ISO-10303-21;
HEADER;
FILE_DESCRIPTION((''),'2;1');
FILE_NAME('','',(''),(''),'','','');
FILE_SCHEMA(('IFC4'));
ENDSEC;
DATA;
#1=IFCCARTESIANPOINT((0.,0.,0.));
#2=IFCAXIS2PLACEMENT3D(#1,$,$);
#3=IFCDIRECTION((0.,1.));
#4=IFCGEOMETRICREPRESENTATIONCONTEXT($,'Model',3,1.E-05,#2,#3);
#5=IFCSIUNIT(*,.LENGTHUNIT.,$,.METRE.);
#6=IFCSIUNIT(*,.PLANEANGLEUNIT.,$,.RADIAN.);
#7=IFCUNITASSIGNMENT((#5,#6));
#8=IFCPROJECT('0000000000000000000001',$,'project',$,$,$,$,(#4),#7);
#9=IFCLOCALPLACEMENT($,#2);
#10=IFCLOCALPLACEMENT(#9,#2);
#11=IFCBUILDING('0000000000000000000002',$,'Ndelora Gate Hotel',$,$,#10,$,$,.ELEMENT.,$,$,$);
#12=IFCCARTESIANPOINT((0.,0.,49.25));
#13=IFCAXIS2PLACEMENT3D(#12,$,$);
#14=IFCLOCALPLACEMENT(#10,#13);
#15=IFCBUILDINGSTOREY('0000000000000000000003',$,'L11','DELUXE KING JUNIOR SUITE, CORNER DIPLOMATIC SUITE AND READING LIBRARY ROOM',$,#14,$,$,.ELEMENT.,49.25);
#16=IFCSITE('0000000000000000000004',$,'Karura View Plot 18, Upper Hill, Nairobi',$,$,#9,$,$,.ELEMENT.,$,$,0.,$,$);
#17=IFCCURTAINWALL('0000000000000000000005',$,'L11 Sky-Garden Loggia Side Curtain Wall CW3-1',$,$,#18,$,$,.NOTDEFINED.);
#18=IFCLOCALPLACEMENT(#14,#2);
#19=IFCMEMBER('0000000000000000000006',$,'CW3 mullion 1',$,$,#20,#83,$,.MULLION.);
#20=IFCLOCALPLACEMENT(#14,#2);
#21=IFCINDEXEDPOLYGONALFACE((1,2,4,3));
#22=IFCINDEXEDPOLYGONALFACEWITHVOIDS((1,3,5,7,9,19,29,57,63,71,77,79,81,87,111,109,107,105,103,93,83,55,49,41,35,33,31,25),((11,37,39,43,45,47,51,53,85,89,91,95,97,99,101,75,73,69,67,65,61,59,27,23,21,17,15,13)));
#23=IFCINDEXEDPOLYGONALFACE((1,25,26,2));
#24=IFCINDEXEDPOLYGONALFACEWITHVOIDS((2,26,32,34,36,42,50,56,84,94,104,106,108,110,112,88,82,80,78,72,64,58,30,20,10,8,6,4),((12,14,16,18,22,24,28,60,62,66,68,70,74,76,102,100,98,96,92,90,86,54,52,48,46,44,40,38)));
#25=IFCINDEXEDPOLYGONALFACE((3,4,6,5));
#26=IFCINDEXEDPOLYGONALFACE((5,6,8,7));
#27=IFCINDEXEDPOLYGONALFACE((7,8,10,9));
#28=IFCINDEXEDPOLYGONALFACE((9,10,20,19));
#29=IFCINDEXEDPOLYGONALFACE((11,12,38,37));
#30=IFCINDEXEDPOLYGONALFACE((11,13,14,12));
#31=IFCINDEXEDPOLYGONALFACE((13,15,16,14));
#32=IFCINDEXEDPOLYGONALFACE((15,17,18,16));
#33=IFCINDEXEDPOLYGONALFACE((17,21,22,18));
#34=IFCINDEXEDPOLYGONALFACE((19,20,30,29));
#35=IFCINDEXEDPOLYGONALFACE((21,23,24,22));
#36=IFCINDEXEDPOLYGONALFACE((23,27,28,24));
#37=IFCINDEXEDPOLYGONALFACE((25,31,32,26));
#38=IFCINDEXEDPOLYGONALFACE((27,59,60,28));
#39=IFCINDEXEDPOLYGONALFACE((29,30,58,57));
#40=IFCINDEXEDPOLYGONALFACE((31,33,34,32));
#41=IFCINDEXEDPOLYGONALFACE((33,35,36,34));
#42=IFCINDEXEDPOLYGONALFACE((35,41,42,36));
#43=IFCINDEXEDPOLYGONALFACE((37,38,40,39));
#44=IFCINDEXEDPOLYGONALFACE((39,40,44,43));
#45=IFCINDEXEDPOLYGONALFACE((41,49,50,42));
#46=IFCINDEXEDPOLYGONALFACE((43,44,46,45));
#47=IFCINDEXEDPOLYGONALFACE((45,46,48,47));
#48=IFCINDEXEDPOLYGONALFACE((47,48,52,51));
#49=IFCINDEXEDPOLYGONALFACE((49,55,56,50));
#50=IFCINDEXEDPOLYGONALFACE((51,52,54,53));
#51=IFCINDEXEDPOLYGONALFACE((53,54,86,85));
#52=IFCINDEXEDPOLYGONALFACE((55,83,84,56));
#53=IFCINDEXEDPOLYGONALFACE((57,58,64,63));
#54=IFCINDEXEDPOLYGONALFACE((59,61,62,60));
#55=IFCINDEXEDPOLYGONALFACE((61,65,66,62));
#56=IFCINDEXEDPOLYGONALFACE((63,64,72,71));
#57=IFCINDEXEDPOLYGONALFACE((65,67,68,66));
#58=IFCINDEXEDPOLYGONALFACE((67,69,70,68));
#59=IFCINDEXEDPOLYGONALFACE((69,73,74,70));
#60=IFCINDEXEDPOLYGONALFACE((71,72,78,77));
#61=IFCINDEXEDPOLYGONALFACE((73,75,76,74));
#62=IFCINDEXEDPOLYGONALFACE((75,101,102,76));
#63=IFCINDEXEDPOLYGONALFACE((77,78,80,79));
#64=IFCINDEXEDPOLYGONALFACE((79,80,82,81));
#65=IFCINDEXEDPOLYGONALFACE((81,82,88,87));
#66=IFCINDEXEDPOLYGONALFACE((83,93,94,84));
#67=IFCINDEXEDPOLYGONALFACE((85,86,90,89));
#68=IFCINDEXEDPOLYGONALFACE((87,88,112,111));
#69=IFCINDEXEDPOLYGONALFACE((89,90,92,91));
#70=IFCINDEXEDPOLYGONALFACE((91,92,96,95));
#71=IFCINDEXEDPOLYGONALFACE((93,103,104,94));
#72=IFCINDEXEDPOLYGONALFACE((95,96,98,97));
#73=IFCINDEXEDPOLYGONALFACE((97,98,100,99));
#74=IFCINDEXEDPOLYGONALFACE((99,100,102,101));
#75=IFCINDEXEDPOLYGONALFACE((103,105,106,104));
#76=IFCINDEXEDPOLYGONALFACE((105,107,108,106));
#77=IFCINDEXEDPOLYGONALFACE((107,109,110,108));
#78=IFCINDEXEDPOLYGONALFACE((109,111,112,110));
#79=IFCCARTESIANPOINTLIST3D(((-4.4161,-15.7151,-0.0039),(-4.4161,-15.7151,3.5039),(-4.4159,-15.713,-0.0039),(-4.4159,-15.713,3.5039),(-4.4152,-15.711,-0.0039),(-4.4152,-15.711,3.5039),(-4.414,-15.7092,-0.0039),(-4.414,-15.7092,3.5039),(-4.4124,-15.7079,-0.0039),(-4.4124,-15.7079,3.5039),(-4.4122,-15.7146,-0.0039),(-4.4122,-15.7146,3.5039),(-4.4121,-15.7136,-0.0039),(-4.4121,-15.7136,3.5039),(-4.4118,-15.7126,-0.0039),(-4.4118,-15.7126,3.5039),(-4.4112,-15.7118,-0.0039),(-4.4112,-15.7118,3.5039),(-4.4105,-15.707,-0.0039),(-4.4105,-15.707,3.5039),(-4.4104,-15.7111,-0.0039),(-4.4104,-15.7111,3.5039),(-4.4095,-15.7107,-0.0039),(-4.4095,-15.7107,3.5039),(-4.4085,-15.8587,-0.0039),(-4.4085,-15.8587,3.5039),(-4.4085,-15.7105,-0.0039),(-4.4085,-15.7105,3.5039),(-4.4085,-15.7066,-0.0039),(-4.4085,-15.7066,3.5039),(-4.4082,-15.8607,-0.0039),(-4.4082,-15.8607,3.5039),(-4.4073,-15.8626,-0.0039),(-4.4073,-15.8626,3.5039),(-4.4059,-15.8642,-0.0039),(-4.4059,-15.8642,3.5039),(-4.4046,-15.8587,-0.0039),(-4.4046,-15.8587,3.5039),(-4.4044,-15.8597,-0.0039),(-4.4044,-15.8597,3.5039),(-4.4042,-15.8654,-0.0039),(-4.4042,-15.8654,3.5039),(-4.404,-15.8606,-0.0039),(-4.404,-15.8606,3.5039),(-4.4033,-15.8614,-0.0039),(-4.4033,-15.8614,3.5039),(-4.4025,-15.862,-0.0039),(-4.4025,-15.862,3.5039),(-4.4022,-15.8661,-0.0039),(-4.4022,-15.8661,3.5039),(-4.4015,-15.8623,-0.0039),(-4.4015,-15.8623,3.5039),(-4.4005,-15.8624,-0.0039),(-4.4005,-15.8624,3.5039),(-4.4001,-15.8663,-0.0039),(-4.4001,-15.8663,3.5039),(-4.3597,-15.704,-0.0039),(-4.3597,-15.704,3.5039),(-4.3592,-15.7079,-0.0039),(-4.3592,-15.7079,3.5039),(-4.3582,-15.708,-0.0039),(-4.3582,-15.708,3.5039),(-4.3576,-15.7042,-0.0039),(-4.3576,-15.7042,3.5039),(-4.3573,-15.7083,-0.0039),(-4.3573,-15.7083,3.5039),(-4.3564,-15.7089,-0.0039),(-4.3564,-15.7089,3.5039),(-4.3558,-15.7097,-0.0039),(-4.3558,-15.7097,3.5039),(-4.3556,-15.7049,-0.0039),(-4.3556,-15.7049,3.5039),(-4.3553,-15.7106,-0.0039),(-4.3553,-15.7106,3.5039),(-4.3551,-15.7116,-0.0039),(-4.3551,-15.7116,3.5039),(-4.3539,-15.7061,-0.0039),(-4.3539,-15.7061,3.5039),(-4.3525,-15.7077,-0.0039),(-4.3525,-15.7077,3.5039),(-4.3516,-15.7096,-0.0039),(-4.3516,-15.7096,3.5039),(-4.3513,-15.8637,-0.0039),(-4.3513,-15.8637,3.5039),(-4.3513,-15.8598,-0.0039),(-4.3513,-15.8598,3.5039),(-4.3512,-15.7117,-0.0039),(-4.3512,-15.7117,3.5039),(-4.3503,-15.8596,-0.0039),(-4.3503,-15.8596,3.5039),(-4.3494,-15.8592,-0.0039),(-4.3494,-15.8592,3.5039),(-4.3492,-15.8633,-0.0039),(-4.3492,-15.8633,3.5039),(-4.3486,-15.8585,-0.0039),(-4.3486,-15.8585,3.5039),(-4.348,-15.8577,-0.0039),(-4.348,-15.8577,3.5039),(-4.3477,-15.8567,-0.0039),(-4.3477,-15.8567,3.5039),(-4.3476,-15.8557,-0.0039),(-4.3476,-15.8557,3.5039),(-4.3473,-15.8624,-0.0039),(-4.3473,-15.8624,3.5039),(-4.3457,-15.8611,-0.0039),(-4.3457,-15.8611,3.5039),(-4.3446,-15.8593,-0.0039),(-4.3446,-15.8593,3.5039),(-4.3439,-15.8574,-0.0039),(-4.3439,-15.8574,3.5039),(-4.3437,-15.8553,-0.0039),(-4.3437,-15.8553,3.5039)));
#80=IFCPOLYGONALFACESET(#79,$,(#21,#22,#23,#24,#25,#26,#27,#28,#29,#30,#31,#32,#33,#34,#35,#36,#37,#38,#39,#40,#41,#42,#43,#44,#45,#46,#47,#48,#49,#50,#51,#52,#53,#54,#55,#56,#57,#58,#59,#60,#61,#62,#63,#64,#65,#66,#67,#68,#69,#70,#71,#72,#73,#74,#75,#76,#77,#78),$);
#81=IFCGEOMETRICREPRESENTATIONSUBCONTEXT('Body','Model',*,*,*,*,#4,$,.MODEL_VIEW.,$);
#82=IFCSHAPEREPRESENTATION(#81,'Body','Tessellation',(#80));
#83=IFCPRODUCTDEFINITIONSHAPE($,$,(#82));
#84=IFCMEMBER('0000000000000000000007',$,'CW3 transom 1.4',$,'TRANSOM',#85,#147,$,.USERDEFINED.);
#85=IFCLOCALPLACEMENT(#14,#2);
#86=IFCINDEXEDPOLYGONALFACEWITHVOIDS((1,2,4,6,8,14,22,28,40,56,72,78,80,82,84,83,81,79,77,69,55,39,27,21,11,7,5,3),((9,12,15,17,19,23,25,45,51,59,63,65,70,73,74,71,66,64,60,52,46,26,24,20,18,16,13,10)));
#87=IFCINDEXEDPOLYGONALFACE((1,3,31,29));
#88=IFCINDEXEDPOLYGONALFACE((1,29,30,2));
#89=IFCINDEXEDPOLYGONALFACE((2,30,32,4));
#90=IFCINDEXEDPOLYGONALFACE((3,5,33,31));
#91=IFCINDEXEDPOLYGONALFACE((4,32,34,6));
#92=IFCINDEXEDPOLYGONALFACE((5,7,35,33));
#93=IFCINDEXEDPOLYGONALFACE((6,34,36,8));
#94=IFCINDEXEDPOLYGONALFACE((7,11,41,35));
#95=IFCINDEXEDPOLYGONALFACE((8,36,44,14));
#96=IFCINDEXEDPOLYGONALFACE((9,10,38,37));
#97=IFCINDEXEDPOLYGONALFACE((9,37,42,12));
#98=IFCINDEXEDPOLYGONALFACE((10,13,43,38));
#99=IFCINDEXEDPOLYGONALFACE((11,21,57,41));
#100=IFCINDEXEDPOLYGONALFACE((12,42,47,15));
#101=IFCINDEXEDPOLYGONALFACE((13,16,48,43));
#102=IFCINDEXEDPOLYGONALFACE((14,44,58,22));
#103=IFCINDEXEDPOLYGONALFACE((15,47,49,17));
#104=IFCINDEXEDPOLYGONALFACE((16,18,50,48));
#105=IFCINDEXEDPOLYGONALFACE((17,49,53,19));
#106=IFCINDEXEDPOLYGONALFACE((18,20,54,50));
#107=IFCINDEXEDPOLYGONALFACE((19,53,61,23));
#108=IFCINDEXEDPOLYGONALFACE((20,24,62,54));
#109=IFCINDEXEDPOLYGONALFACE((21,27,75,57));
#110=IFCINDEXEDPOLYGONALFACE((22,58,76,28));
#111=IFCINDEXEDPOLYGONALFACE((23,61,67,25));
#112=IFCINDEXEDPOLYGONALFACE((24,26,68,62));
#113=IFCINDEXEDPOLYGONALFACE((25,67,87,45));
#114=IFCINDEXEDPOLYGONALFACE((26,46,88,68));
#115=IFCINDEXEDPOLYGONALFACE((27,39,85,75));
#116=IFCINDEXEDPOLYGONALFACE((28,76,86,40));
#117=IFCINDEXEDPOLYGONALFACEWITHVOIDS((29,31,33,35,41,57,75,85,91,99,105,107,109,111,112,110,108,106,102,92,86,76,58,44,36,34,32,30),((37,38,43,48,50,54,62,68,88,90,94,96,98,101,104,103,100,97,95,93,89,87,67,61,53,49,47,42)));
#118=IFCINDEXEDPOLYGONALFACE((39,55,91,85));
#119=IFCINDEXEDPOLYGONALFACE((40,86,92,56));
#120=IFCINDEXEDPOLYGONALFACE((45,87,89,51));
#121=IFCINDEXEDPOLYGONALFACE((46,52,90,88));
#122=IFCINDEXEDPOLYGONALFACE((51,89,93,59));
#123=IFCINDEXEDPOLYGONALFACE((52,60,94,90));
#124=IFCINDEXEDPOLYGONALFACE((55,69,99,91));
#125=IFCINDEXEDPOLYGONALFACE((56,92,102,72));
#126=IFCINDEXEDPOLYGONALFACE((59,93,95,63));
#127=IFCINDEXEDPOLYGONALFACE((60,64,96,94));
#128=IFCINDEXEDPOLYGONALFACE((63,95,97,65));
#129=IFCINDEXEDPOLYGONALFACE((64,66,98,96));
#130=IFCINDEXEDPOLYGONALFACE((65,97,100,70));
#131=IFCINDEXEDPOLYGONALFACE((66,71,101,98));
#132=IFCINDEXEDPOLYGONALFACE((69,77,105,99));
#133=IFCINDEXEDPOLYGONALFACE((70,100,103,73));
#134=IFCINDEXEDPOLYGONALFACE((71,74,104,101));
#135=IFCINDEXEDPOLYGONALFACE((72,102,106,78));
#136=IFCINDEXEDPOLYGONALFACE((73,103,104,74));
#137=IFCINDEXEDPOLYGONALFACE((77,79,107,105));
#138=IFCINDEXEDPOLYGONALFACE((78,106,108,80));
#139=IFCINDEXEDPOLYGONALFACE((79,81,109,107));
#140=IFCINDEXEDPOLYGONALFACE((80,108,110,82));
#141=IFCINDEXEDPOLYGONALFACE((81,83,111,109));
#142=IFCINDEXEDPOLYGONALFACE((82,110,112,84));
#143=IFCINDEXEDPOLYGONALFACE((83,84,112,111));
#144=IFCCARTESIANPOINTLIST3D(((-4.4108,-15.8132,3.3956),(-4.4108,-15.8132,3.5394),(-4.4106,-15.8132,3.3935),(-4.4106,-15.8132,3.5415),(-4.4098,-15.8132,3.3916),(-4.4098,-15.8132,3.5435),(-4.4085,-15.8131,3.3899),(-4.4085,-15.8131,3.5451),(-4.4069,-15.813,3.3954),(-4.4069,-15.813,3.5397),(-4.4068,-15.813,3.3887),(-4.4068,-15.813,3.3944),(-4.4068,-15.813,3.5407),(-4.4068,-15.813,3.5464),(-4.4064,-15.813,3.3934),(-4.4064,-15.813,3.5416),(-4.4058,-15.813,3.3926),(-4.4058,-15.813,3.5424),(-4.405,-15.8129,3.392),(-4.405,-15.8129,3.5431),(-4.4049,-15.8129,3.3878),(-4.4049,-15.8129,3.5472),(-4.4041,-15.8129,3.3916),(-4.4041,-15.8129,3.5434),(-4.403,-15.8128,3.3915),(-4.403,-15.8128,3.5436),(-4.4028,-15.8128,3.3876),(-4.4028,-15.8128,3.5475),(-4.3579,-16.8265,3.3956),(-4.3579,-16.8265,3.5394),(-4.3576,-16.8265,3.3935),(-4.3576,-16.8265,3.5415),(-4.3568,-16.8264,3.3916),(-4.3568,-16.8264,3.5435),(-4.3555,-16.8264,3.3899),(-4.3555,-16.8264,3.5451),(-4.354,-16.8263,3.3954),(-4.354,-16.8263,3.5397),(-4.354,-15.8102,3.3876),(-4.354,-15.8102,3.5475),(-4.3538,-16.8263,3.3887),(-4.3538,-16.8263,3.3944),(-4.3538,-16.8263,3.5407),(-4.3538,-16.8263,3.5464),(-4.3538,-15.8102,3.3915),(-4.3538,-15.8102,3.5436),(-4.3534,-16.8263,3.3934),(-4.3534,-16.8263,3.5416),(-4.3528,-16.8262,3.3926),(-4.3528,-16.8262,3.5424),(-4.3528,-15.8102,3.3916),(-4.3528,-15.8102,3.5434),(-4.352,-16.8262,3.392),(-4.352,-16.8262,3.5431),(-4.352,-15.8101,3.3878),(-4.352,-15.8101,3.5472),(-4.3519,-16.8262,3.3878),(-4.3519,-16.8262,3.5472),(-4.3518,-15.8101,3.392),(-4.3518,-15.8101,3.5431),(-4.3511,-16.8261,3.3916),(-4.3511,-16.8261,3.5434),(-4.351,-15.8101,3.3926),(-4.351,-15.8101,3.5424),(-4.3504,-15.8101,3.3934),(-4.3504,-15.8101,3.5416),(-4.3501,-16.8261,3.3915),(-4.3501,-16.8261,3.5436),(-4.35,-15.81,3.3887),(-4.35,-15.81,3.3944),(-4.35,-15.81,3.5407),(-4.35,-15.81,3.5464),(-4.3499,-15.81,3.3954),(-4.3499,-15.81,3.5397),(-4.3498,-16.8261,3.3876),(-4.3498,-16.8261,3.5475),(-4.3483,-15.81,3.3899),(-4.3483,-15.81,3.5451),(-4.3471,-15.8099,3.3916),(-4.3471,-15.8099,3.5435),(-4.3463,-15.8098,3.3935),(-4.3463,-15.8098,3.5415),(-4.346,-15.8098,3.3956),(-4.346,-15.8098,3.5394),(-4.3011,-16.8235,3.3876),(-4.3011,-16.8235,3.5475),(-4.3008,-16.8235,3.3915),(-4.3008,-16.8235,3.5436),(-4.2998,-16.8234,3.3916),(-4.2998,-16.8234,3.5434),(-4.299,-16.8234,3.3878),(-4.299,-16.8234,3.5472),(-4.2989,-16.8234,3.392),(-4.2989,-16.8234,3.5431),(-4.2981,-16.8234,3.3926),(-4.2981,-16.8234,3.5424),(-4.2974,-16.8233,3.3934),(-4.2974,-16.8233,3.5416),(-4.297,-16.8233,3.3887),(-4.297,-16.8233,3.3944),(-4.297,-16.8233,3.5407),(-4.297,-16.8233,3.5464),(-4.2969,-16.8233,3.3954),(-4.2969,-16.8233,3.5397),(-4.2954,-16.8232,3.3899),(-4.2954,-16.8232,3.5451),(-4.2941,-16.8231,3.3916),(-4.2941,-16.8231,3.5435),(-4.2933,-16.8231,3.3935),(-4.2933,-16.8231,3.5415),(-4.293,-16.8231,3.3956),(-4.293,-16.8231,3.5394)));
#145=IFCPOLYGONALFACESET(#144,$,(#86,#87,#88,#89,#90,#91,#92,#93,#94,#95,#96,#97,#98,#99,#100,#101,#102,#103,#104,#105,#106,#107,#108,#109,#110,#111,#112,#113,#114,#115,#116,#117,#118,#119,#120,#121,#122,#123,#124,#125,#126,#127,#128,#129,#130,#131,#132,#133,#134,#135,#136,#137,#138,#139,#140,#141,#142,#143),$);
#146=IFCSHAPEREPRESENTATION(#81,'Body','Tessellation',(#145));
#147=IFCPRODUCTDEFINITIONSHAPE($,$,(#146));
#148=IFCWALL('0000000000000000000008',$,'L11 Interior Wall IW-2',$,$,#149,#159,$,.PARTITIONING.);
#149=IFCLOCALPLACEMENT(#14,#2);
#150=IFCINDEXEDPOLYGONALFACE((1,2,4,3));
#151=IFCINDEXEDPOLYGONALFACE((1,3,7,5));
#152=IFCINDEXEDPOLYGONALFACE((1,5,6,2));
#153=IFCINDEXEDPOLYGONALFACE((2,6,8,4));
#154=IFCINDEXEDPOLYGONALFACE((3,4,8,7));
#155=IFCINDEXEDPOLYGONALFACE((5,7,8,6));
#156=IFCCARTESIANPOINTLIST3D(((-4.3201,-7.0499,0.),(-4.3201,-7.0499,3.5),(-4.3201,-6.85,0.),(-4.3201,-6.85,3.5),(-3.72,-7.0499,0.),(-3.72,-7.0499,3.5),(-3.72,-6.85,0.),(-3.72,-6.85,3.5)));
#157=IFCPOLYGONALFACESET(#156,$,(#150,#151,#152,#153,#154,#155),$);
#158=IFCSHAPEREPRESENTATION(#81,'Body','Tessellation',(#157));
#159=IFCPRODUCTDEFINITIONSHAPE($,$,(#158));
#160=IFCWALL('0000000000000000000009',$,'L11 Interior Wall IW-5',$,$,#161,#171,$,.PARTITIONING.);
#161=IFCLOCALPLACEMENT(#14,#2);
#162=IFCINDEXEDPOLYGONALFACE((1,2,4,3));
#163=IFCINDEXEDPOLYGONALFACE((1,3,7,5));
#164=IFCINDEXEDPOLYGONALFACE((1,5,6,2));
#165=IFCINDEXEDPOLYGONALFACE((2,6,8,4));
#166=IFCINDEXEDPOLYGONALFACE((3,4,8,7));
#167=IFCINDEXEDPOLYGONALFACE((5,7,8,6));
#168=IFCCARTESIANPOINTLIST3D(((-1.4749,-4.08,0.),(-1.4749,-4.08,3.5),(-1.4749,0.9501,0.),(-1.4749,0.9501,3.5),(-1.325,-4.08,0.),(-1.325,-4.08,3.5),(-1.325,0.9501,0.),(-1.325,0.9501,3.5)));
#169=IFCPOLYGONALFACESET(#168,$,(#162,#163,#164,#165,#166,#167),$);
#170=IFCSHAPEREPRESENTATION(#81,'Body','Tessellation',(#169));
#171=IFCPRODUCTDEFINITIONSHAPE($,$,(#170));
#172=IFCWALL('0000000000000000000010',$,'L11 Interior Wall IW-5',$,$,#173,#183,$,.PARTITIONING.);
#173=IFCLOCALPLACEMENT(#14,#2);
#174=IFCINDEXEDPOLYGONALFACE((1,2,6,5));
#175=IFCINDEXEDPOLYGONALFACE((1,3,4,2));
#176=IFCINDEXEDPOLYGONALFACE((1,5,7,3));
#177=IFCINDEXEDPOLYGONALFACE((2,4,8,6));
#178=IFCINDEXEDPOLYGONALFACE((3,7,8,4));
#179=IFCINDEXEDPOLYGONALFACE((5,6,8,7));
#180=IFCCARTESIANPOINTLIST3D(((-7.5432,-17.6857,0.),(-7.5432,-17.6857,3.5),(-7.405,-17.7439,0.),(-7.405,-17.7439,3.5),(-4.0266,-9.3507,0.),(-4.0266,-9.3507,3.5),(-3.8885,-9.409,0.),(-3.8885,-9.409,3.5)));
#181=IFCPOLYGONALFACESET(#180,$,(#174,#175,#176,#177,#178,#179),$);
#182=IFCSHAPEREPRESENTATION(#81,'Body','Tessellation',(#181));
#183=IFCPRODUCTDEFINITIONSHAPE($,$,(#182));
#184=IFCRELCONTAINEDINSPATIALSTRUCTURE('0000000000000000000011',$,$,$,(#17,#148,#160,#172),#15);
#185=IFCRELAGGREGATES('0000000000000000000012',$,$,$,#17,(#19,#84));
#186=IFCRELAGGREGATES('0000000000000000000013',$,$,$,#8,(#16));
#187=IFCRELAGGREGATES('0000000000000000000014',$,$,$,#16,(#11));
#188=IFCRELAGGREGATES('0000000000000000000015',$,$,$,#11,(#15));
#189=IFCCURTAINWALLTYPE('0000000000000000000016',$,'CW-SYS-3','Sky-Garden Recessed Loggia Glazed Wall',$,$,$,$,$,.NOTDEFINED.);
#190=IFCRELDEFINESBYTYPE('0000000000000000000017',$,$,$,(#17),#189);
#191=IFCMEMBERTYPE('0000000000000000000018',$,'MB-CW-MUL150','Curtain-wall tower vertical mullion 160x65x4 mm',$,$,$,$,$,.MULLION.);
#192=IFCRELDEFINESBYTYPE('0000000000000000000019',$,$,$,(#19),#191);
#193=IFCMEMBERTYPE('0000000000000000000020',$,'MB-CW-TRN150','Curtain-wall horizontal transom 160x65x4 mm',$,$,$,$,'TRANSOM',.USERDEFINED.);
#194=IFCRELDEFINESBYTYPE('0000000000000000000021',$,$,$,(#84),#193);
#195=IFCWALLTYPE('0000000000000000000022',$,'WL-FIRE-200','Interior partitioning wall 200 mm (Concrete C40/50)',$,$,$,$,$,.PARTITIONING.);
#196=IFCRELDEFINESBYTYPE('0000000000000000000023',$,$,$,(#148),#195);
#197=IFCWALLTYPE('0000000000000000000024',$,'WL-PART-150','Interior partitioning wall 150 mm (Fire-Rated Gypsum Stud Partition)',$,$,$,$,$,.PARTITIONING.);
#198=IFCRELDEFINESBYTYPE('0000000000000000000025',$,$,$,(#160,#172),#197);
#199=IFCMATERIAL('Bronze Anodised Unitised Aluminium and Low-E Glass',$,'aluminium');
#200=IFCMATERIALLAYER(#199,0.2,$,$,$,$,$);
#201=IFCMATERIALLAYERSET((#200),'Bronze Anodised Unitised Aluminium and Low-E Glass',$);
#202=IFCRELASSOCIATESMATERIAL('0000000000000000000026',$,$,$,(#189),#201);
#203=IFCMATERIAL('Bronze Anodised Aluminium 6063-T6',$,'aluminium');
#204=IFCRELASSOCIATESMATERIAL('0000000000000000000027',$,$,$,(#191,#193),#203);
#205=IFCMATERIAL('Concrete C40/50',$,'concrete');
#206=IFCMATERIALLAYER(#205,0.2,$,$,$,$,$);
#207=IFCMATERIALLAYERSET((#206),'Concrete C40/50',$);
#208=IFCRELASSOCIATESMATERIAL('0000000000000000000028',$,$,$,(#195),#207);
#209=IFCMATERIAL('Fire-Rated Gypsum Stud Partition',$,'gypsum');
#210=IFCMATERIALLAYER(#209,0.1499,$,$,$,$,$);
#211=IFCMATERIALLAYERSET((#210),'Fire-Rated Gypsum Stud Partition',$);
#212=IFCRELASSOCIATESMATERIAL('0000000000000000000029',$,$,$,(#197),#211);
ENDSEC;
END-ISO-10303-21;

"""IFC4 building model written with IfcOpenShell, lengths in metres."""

from ifc_helpers import new_model, si_unit, direction, frame, frame_2d, origin, origin_2d, place, context, subcontext, project, spatial, rectangle, hollow_rectangle, extrude, material, layer, layer_set, material_profile, profile_set, type_object, element, aggregate, save


model = new_model("IFC4")

# Units and contexts
model_context = context("Model", 3, precision=1e-05, world=origin(), true_north=direction((0.0, 1.0)))
body_context = subcontext(model_context, "Body", "Model", "MODEL_VIEW")
ifc_project = project(units=[si_unit("LENGTHUNIT", "METRE"), si_unit("PLANEANGLEUNIT", "RADIAN")], contexts=[model_context])

# Site, building, storey
site_placement = place(None, origin())
site = spatial("IfcSite", under=ifc_project, at=site_placement, Name="Karura View Plot 18, Upper Hill, Nairobi", CompositionType="ELEMENT", RefElevation=0.0)
building_placement = place(site_placement, origin())
building = spatial("IfcBuilding", under=site, at=building_placement, Name="Ndelora Gate Hotel", CompositionType="ELEMENT")
storey_placement = place(building_placement, frame((0.0, 0.0, 49.25)))
storey = spatial("IfcBuildingStorey", under=building, at=storey_placement, Name="L11", Description="DELUXE KING JUNIOR SUITE, CORNER DIPLOMATIC SUITE AND READING LIBRARY ROOM", CompositionType="ELEMENT", Elevation=49.25)

# Curtain wall, members
ifc_material_1 = material(Name="Bronze Anodised Unitised Aluminium and Low-E Glass", Category="aluminium")
ifc_layer_1 = layer(ifc_material_1, 0.2)
ifc_layer_set_1 = layer_set([ifc_layer_1], Name="Bronze Anodised Unitised Aluminium and Low-E Glass")
curtain_wall_type = type_object("IfcCurtainWallType", Name="CW-SYS-3", Description="Sky-Garden Recessed Loggia Glazed Wall", PredefinedType="NOTDEFINED", material=ifc_layer_set_1)
curtain_wall_placement = place(storey_placement, origin())
curtain_wall = element("IfcCurtainWall", 1, at=curtain_wall_placement, inside=storey, type_object=curtain_wall_type, Name="L11 Sky-Garden Loggia Side Curtain Wall CW3-1", PredefinedType="NOTDEFINED")
ifc_material_2 = material(Name="Bronze Anodised Aluminium 6063-T6", Category="aluminium")
ifc_material_profile_1 = material_profile(ifc_material_2, hollow_rectangle(XDim=0.0649, YDim=0.1599, WallThickness=0.0039, InnerFilletRadius=0.0039, OuterFilletRadius=0.0081, at=origin_2d()), Name="ALU 160x65x4")
ifc_profile_set_1 = profile_set([ifc_material_profile_1], Name="Bronze Anodised Aluminium 6063-T6")
member_type_1 = type_object("IfcMemberType", Name="MB-CW-MUL150", Description="Curtain-wall tower vertical mullion 160x65x4 mm", PredefinedType="MULLION", material=ifc_profile_set_1)
member_1_placement = place(storey_placement, frame((-4.3799, -15.7852, -0.0039), z_axis=(0.0, 0.0, 1.0), x_axis=(0.998628, 0.052363, 0.0)))
member_1 = element("IfcMember", 2, at=member_1_placement, type_object=member_type_1, Name="CW3 mullion 1", PredefinedType="MULLION", context=body_context, shape_type="SweptSolid", body=[
    extrude(hollow_rectangle(XDim=0.0649, YDim=0.1599, WallThickness=0.0039, InnerFilletRadius=0.0039, OuterFilletRadius=0.0081, at=origin_2d()), origin(), (0.0, 0.0, 1.0), 3.5078),
])
ifc_material_profile_2 = material_profile(ifc_material_2, hollow_rectangle(XDim=0.0649, YDim=0.1599, WallThickness=0.0039, InnerFilletRadius=0.0039, OuterFilletRadius=0.0081, at=origin_2d()), Name="ALU 160x65x4")
ifc_profile_set_2 = profile_set([ifc_material_profile_2], Name="Bronze Anodised Aluminium 6063-T6")
member_type_2 = type_object("IfcMemberType", Name="MB-CW-TRN150", Description="Curtain-wall horizontal transom 160x65x4 mm", ElementType="TRANSOM", PredefinedType="USERDEFINED", material=ifc_profile_set_2)
member_2_placement = place(storey_placement, frame((-4.3784, -15.8115, 3.4675), z_axis=(0.052218, -0.998636, 0.0), x_axis=(0.998636, 0.052218, 0.0)))
member_2 = element("IfcMember", 3, at=member_2_placement, type_object=member_type_2, Name="CW3 transom 1.4", ObjectType="TRANSOM", PredefinedType="USERDEFINED", context=body_context, shape_type="SweptSolid", body=[
    extrude(hollow_rectangle(XDim=0.0649, YDim=0.1599, WallThickness=0.0039, InnerFilletRadius=0.0039, OuterFilletRadius=0.0081, at=origin_2d()), origin(), (0.0, 0.0, 1.0), 1.0146),
])
aggregate(curtain_wall, [member_1, member_2])

# Walls
ifc_material_3 = material(Name="Concrete C40/50", Category="concrete")
ifc_layer_2 = layer(ifc_material_3, 0.2)
ifc_layer_set_2 = layer_set([ifc_layer_2], Name="Concrete C40/50")
wall_type_1 = type_object("IfcWallType", Name="WL-FIRE-200", Description="Interior partitioning wall 200 mm (Concrete C40/50)", PredefinedType="PARTITIONING", material=ifc_layer_set_2)
wall_1_placement = place(storey_placement, frame((-4.3201, -6.95, 0.0), z_axis=(0.0, 0.0, 1.0), x_axis=(1.0, 0.0, 0.0)))
element("IfcWall", 4, at=wall_1_placement, inside=storey, type_object=wall_type_1, Name="L11 Interior Wall IW-2", PredefinedType="PARTITIONING", context=body_context, shape_type="SweptSolid", body=[
    extrude(rectangle(XDim=0.6001, YDim=0.2, at=frame_2d((0.3, 0.0))), origin(), (0.0, 0.0, 1.0), 3.5),
])
ifc_material_4 = material(Name="Fire-Rated Gypsum Stud Partition", Category="gypsum")
ifc_layer_3 = layer(ifc_material_4, 0.1499)
ifc_layer_set_3 = layer_set([ifc_layer_3], Name="Fire-Rated Gypsum Stud Partition")
wall_type_2 = type_object("IfcWallType", Name="WL-PART-150", Description="Interior partitioning wall 150 mm (Fire-Rated Gypsum Stud Partition)", PredefinedType="PARTITIONING", material=ifc_layer_set_3)
wall_2_placement = place(storey_placement, frame((-1.3999, -4.0801, 0.0), z_axis=(0.0, 0.0, 1.0), x_axis=(0.0, 1.0, 0.0)))
element("IfcWall", 5, at=wall_2_placement, inside=storey, type_object=wall_type_2, Name="L11 Interior Wall IW-5", PredefinedType="PARTITIONING", context=body_context, shape_type="SweptSolid", body=[
    extrude(rectangle(XDim=5.03, YDim=0.1499, at=frame_2d((2.5151, 0.0))), origin(), (0.0, 0.0, 1.0), 3.5),
])
wall_3_placement = place(storey_placement, frame((-3.9575, -9.3799, 0.0), z_axis=(0.0, 0.0, 1.0), x_axis=(-0.388728, -0.921353, 0.0)))
element("IfcWall", 6, at=wall_3_placement, inside=storey, type_object=wall_type_2, Name="L11 Interior Wall IW-5", PredefinedType="PARTITIONING", context=body_context, shape_type="SweptSolid", body=[
    extrude(rectangle(XDim=9.0464, YDim=0.1499, at=frame_2d((4.5232, 0.0))), origin(), (0.0, 0.0, 1.0), 3.5),
])

save(model, "model.ifc")
